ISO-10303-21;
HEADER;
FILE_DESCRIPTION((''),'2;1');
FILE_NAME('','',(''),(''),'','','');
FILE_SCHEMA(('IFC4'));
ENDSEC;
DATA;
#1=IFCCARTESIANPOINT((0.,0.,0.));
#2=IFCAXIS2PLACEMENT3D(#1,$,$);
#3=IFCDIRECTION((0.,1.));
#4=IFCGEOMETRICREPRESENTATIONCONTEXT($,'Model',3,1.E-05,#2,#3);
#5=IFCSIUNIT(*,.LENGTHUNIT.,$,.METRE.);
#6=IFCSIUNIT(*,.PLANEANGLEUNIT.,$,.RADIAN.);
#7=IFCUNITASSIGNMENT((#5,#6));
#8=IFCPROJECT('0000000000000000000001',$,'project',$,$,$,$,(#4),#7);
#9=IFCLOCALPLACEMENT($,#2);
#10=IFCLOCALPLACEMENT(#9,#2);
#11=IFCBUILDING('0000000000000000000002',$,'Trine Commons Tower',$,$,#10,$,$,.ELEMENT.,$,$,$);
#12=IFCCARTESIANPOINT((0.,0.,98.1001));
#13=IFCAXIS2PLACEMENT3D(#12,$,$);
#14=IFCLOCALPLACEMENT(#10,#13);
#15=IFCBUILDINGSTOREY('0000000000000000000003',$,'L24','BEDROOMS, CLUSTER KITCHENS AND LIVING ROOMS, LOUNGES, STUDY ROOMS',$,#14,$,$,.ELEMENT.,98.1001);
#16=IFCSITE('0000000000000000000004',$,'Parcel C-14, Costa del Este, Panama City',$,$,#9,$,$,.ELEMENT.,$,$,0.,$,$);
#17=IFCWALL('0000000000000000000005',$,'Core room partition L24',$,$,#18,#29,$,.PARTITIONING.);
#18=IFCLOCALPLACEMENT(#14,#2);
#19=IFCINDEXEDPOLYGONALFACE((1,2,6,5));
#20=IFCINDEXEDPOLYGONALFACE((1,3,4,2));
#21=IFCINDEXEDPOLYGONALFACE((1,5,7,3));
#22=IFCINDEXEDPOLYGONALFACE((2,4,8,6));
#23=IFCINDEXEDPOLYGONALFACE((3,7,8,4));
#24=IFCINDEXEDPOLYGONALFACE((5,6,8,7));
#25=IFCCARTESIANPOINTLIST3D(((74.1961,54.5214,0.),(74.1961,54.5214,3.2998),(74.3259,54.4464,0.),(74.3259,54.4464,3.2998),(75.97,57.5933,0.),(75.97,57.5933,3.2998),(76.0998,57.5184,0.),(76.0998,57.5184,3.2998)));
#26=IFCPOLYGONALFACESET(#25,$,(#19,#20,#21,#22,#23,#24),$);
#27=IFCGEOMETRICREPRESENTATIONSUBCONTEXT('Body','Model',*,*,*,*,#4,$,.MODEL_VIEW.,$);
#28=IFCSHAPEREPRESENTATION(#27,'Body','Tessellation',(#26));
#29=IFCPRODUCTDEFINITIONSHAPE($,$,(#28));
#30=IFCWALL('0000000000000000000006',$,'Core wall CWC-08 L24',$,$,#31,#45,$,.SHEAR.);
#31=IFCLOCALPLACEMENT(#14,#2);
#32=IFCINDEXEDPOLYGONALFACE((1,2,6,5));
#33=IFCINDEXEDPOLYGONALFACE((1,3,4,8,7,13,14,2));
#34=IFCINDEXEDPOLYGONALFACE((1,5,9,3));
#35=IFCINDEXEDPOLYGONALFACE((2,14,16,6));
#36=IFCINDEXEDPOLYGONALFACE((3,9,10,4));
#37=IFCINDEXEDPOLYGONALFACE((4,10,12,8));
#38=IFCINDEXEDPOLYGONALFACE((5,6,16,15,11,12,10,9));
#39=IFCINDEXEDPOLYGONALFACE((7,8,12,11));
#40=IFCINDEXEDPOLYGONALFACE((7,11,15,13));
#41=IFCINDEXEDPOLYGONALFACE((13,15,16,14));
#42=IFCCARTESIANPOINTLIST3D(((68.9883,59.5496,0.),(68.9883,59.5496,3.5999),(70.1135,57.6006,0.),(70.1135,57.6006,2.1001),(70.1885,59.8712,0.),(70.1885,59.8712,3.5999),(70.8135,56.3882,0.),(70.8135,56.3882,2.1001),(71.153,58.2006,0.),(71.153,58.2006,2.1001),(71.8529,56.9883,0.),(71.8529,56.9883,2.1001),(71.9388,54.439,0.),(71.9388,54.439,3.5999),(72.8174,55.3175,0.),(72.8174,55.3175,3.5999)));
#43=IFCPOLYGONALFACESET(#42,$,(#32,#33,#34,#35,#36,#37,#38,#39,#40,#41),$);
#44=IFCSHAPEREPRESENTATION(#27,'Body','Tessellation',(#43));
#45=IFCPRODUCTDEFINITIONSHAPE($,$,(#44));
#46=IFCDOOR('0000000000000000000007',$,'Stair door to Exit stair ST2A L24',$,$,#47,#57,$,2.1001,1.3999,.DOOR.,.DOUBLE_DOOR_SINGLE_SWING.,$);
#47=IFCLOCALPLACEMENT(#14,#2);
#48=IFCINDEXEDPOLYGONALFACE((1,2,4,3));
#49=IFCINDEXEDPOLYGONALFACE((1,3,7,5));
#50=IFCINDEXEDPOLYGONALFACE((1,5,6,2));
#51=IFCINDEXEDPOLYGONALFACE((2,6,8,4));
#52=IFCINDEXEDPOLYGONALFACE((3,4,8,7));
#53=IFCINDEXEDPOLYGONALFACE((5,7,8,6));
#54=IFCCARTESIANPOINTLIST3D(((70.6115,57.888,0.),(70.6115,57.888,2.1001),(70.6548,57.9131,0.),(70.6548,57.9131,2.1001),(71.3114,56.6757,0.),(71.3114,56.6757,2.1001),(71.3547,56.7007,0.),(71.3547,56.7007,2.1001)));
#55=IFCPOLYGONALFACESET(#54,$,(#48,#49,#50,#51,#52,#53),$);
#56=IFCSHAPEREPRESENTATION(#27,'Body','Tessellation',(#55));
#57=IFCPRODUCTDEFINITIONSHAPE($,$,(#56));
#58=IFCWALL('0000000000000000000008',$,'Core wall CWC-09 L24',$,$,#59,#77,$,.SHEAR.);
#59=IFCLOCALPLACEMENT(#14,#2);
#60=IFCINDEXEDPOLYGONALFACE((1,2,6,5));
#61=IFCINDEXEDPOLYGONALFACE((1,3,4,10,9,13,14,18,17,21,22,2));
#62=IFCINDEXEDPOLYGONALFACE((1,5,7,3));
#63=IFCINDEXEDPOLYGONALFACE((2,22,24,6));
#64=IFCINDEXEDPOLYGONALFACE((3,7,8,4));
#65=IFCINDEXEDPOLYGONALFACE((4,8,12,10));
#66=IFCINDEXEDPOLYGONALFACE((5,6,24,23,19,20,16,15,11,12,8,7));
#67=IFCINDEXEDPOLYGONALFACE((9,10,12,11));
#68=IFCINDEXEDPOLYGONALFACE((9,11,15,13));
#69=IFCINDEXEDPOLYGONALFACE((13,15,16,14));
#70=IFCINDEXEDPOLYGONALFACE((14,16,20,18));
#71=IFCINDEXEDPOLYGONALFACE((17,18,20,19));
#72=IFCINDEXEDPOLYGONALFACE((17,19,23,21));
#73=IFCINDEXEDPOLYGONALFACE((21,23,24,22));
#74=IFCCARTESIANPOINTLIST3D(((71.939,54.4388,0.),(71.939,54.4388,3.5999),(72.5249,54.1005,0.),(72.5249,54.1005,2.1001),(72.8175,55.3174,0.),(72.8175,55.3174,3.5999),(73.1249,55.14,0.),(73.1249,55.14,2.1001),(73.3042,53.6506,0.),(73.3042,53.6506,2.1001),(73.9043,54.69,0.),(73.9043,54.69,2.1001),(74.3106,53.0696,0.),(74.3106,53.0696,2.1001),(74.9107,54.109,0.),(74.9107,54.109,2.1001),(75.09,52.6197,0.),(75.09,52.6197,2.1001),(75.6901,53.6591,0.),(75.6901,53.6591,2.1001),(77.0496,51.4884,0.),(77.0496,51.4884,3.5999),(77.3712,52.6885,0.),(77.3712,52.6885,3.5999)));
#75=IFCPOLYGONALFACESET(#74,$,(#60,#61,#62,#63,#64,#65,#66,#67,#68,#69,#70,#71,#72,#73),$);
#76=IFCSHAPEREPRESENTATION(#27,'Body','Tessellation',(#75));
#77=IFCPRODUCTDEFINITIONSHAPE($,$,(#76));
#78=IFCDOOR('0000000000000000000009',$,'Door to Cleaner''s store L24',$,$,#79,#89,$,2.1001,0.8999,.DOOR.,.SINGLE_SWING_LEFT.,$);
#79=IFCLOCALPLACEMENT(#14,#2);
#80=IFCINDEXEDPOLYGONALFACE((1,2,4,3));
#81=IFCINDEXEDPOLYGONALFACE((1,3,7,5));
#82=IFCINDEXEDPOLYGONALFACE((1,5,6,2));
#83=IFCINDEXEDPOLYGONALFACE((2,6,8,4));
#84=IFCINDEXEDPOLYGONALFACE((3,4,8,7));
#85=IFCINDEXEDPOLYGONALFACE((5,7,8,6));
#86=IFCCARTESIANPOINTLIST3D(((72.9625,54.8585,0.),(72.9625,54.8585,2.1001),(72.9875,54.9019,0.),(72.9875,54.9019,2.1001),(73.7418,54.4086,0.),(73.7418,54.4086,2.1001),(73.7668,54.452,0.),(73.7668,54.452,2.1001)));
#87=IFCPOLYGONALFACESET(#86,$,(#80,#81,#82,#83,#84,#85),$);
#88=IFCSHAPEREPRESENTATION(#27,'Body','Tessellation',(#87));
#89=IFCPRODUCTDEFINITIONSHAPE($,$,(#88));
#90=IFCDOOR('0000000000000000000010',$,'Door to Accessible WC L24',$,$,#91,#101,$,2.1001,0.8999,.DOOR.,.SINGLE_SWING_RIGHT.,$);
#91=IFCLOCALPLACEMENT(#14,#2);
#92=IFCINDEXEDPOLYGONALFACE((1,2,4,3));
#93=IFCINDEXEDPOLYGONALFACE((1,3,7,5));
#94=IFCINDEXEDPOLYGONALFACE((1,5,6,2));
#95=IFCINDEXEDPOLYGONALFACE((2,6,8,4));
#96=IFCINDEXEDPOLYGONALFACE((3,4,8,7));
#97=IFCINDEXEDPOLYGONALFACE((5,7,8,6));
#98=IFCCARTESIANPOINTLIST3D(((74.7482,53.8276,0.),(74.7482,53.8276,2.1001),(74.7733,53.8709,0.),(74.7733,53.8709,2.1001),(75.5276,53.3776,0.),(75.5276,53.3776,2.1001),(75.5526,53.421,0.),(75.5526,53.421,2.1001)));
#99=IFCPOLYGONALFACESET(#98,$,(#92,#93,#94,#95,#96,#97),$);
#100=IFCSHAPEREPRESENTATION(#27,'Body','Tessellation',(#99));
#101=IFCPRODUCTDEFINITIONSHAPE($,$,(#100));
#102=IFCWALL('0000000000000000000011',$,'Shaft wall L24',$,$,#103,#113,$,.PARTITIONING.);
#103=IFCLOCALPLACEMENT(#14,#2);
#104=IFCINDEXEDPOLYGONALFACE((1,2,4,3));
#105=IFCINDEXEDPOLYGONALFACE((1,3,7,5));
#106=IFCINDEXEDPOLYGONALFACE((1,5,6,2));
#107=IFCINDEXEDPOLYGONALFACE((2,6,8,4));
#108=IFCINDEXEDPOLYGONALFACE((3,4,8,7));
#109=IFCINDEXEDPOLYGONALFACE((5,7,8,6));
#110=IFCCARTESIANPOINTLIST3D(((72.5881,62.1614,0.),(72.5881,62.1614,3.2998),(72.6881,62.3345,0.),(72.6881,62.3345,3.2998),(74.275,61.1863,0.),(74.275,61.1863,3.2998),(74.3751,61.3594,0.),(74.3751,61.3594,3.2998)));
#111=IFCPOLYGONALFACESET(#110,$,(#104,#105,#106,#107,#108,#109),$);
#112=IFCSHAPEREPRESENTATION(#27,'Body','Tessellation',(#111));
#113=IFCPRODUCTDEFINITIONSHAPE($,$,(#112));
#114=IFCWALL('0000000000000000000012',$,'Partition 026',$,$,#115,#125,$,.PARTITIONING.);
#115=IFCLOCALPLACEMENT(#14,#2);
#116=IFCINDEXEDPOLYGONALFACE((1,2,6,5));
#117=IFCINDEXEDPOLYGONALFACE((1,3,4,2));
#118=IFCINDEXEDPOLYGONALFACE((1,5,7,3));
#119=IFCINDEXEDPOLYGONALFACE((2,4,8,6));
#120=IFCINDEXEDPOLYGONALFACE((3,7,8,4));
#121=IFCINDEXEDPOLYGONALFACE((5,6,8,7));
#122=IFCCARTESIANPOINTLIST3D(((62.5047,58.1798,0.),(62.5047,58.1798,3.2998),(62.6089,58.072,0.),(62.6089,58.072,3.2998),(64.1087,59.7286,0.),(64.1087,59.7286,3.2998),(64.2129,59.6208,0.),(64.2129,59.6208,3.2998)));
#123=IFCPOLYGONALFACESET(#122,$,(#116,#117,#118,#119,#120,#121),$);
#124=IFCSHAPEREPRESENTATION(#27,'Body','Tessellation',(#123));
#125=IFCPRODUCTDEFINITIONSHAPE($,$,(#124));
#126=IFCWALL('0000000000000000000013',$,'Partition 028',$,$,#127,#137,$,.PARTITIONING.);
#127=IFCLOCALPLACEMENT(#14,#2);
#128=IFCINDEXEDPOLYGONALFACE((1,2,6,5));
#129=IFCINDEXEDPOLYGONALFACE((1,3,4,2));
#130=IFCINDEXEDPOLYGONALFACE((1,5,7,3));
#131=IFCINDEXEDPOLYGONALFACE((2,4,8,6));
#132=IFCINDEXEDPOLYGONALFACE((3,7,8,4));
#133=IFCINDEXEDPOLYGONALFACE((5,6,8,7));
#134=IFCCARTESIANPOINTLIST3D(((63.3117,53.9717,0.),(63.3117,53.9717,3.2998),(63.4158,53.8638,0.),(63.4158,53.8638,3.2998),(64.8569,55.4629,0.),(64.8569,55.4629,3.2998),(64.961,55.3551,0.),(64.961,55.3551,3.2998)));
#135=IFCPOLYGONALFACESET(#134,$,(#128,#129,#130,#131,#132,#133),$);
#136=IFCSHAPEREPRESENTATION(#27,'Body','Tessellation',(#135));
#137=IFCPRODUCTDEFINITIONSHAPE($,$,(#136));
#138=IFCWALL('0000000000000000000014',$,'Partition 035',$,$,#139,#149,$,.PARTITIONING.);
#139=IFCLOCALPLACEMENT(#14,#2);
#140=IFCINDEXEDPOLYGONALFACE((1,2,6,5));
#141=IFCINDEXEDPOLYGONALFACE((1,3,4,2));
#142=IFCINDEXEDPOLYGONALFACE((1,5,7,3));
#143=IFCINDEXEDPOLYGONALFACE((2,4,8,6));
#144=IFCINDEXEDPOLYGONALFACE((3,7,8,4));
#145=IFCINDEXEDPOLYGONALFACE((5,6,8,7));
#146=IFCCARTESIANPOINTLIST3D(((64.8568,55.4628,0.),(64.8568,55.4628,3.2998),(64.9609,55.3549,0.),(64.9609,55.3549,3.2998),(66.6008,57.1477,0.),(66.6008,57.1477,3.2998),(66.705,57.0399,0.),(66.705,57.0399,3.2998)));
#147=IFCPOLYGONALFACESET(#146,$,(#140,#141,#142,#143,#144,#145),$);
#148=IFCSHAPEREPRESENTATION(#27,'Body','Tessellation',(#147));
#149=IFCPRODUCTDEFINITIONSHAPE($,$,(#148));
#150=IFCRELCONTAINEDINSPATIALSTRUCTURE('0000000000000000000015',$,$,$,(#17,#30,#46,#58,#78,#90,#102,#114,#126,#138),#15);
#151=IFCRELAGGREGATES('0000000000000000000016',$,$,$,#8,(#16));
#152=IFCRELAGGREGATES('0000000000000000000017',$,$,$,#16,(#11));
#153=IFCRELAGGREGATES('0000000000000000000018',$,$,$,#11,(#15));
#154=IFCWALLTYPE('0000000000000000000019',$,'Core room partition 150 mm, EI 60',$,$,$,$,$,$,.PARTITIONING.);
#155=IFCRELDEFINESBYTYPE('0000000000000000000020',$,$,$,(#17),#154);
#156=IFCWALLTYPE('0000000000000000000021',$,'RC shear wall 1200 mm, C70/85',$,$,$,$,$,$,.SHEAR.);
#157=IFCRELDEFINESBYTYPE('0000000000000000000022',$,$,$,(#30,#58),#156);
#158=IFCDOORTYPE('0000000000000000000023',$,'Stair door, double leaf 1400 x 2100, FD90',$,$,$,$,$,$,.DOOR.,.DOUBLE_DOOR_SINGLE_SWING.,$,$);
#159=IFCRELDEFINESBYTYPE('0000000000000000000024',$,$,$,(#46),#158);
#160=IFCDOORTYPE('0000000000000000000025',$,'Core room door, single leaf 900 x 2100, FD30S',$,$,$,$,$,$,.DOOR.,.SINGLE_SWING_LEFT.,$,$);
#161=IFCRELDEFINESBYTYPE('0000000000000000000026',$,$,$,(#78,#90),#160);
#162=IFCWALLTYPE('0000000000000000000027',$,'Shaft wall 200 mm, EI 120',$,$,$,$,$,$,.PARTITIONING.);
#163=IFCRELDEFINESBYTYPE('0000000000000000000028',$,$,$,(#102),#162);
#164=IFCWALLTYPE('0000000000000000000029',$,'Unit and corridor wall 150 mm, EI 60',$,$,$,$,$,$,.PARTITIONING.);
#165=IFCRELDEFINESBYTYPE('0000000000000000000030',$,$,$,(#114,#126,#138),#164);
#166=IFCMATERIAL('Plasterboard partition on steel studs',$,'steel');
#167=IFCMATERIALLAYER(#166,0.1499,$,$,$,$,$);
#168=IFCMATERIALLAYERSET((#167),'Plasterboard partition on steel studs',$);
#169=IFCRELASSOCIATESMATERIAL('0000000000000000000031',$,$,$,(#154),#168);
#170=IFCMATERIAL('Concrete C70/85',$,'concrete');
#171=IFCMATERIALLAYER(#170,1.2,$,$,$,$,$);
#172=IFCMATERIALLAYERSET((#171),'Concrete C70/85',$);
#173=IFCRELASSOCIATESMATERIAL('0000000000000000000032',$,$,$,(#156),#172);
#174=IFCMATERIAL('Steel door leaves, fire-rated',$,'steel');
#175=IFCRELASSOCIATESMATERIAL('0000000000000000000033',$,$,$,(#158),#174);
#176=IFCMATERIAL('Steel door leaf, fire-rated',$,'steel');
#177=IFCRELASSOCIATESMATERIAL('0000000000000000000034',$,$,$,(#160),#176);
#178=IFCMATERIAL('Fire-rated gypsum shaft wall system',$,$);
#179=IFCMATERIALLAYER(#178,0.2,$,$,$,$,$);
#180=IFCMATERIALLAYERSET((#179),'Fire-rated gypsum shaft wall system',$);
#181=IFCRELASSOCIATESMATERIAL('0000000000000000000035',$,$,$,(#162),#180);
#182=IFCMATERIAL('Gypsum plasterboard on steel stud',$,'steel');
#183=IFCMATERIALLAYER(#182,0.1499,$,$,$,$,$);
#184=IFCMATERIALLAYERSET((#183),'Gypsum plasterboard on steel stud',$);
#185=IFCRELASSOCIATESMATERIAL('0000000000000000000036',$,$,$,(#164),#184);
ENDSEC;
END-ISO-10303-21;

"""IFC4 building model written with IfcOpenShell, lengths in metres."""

from ifc_helpers import new_model, si_unit, direction, frame, frame_2d, origin, place, context, subcontext, project, spatial, polyline, rectangle, outline, extrude, material, layer, layer_set, type_object, element, fill, save


model = new_model("IFC4")

# Units and contexts
model_context = context("Model", 3, precision=1e-05, world=origin(), true_north=direction((0.0, 1.0)))
body_context = subcontext(model_context, "Body", "Model", "MODEL_VIEW")
ifc_project = project(units=[si_unit("LENGTHUNIT", "METRE"), si_unit("PLANEANGLEUNIT", "RADIAN")], contexts=[model_context])

# Site, building, storey
site_placement = place(None, origin())
site = spatial("IfcSite", under=ifc_project, at=site_placement, Name="Parcel C-14, Costa del Este, Panama City", CompositionType="ELEMENT", RefElevation=0.0)
building_placement = place(site_placement, origin())
building = spatial("IfcBuilding", under=site, at=building_placement, Name="Trine Commons Tower", CompositionType="ELEMENT")
storey_placement = place(building_placement, frame((0.0, 0.0, 98.1001)))
storey = spatial("IfcBuildingStorey", under=building, at=storey_placement, Name="L24", Description="BEDROOMS, CLUSTER KITCHENS AND LIVING ROOMS, LOUNGES, STUDY ROOMS", CompositionType="ELEMENT", Elevation=98.1001)

# Wall
ifc_material_1 = material(Name="Plasterboard partition on steel studs", Category="steel")
ifc_layer_1 = layer(ifc_material_1, 0.1499)
ifc_layer_set_1 = layer_set([ifc_layer_1], Name="Plasterboard partition on steel studs")
wall_type_1 = type_object("IfcWallType", Name="Core room partition 150 mm, EI 60", PredefinedType="PARTITIONING", material=ifc_layer_set_1)
wall_1_placement = place(storey_placement, frame((74.261, 54.4839, 0.0), z_axis=(0.0, 0.0, 1.0), x_axis=(0.500062, 0.86599, 0.0)))
element("IfcWall", 1, at=wall_1_placement, inside=storey, type_object=wall_type_1, Name="Core room partition L24", PredefinedType="PARTITIONING", context=body_context, shape_type="SweptSolid", body=[
    extrude(rectangle(XDim=3.5474, YDim=0.1499, at=frame_2d((1.7737, 0.0))), origin(), (0.0, 0.0, 1.0), 3.2998),
])

# Wall, opening, door
ifc_material_2 = material(Name="Concrete C70/85", Category="concrete")
ifc_layer_2 = layer(ifc_material_2, 1.2)
ifc_layer_set_2 = layer_set([ifc_layer_2], Name="Concrete C70/85")
wall_type_2 = type_object("IfcWallType", Name="RC shear wall 1200 mm, C70/85", PredefinedType="SHEAR", material=ifc_layer_set_2)
wall_2_placement = place(storey_placement, frame((69.5081, 59.8496, 0.0), z_axis=(0.0, 0.0, 1.0), x_axis=(0.499979, -0.866037, 0.0)))
wall_2 = element("IfcWall", 2, at=wall_2_placement, inside=storey, type_object=wall_type_2, Name="Core wall CWC-08 L24", PredefinedType="SHEAR", context=body_context, shape_type="SweptSolid", body=[
    extrude(outline(polyline([(0.0, -0.6001), (5.9011, -0.6001), (5.5796, 0.6001), (0.3215, 0.6001), (0.0, -0.6001)])), origin(), (0.0, 0.0, 1.0), 3.5999),
])
opening_1_placement = place(wall_2_placement, frame((2.2505, 0.0, 0.0)))
opening_1 = element("IfcOpeningElement", 3, at=opening_1_placement, cuts=wall_2, PredefinedType="OPENING", context=body_context, shape_type="SweptSolid", body=[
    extrude(rectangle(XDim=1.3999, YDim=2.1001, at=frame_2d((0.7, 1.05))), frame((0.0, 0.6099, 0.0), z_axis=(0.0, -1.0, 0.0), x_axis=(1.0, 0.0, 0.0)), (0.0, 0.0, 1.0), 1.22),
])
ifc_material_3 = material(Name="Steel door leaves, fire-rated", Category="steel")
door_type_1 = type_object("IfcDoorType", Name="Stair door, double leaf 1400 x 2100, FD90", OperationType="DOUBLE_DOOR_SINGLE_SWING", PredefinedType="DOOR", material=ifc_material_3)
door_1_placement = place(opening_1_placement, origin())
door_1 = element("IfcDoor", 4, at=door_1_placement, inside=storey, type_object=door_type_1, Name="Stair door to Exit stair ST2A L24", OperationType="DOUBLE_DOOR_SINGLE_SWING", OverallHeight=2.1001, OverallWidth=1.3999, PredefinedType="DOOR", context=body_context, shape_type="SweptSolid", body=[
    extrude(rectangle(XDim=1.3999, YDim=2.1001, at=frame_2d((0.7, 1.05))), frame((0.0, 0.0249, 0.0), z_axis=(0.0, -1.0, 0.0), x_axis=(1.0, 0.0, 0.0)), (0.0, 0.0, 1.0), 0.05),
])
fill(opening_1, door_1)

# Wall, openings, doors
wall_3_placement = place(storey_placement, frame((72.239, 54.9585, 0.0), z_axis=(0.0, 0.0, 1.0), x_axis=(0.866037, -0.499979, 0.0)))
wall_3 = element("IfcWall", 5, at=wall_3_placement, inside=storey, type_object=wall_type_2, Name="Core wall CWC-09 L24", PredefinedType="SHEAR", context=body_context, shape_type="SweptSolid", body=[
    extrude(outline(polyline([(0.0, -0.6001), (5.9011, -0.6001), (5.5796, 0.6001), (0.3215, 0.6001), (0.0, -0.6001)])), origin(), (0.0, 0.0, 1.0), 3.5999),
])
opening_2_placement = place(wall_3_placement, frame((0.6765, 0.0, 0.0)))
opening_2 = element("IfcOpeningElement", 6, at=opening_2_placement, cuts=wall_3, PredefinedType="OPENING", context=body_context, shape_type="SweptSolid", body=[
    extrude(rectangle(XDim=0.8999, YDim=2.1001, at=frame_2d((0.45, 1.05))), frame((0.0, 0.6099, 0.0), z_axis=(0.0, -1.0, 0.0), x_axis=(1.0, 0.0, 0.0)), (0.0, 0.0, 1.0), 1.22),
])
opening_3_placement = place(wall_3_placement, frame((2.7385, 0.0, 0.0)))
opening_3 = element("IfcOpeningElement", 7, at=opening_3_placement, cuts=wall_3, PredefinedType="OPENING", context=body_context, shape_type="SweptSolid", body=[
    extrude(rectangle(XDim=0.8999, YDim=2.1001, at=frame_2d((0.45, 1.05))), frame((0.0, 0.6099, 0.0), z_axis=(0.0, -1.0, 0.0), x_axis=(1.0, 0.0, 0.0)), (0.0, 0.0, 1.0), 1.22),
])
ifc_material_4 = material(Name="Steel door leaf, fire-rated", Category="steel")
door_type_2 = type_object("IfcDoorType", Name="Core room door, single leaf 900 x 2100, FD30S", OperationType="SINGLE_SWING_LEFT", PredefinedType="DOOR", material=ifc_material_4)
door_2_placement = place(opening_2_placement, origin())
door_2 = element("IfcDoor", 8, at=door_2_placement, inside=storey, type_object=door_type_2, Name="Door to Cleaner's store L24", OperationType="SINGLE_SWING_LEFT", OverallHeight=2.1001, OverallWidth=0.8999, PredefinedType="DOOR", context=body_context, shape_type="SweptSolid", body=[
    extrude(rectangle(XDim=0.8999, YDim=2.1001, at=frame_2d((0.45, 1.05))), frame((0.0, 0.3252, 0.0), z_axis=(0.0, -1.0, 0.0), x_axis=(1.0, 0.0, 0.0)), (0.0, 0.0, 1.0), 0.05),
])
fill(opening_2, door_2)
door_3_placement = place(opening_3_placement, origin())
door_3 = element("IfcDoor", 9, at=door_3_placement, inside=storey, type_object=door_type_2, Name="Door to Accessible WC L24", OperationType="SINGLE_SWING_RIGHT", OverallHeight=2.1001, OverallWidth=0.8999, PredefinedType="DOOR", context=body_context, shape_type="SweptSolid", body=[
    extrude(rectangle(XDim=0.8999, YDim=2.1001, at=frame_2d((0.45, 1.05))), frame((0.0, 0.3252, 0.0), z_axis=(0.0, -1.0, 0.0), x_axis=(1.0, 0.0, 0.0)), (0.0, 0.0, 1.0), 0.05),
])
fill(opening_3, door_3)

# Walls
ifc_material_5 = material(Name="Fire-rated gypsum shaft wall system")
ifc_layer_3 = layer(ifc_material_5, 0.2)
ifc_layer_set_3 = layer_set([ifc_layer_3], Name="Fire-rated gypsum shaft wall system")
wall_type_3 = type_object("IfcWallType", Name="Shaft wall 200 mm, EI 120", PredefinedType="PARTITIONING", material=ifc_layer_set_3)
wall_4_placement = place(storey_placement, frame((74.325, 61.2729, 0.0), z_axis=(0.0, 0.0, 1.0), x_axis=(-0.865781, 0.500424, 0.0)))
element("IfcWall", 10, at=wall_4_placement, inside=storey, type_object=wall_type_3, Name="Shaft wall L24", PredefinedType="PARTITIONING", context=body_context, shape_type="SweptSolid", body=[
    extrude(rectangle(XDim=1.9485, YDim=0.2, at=frame_2d((0.9741, 0.0))), origin(), (0.0, 0.0, 1.0), 3.2998),
])
ifc_material_6 = material(Name="Gypsum plasterboard on steel stud", Category="steel")
ifc_layer_4 = layer(ifc_material_6, 0.1499)
ifc_layer_set_4 = layer_set([ifc_layer_4], Name="Gypsum plasterboard on steel stud")
wall_type_4 = type_object("IfcWallType", Name="Unit and corridor wall 150 mm, EI 60", PredefinedType="PARTITIONING", material=ifc_layer_set_4)
wall_5_placement = place(storey_placement, frame((62.5569, 58.126, 0.0), z_axis=(0.0, 0.0, 1.0), x_axis=(0.719371, 0.694626, 0.0)))
element("IfcWall", 11, at=wall_5_placement, inside=storey, type_object=wall_type_4, Name="Partition 026", PredefinedType="PARTITIONING", context=body_context, shape_type="SweptSolid", body=[
    extrude(rectangle(XDim=2.2297, YDim=0.1499, at=frame_2d((1.1147, 0.0))), origin(), (0.0, 0.0, 1.0), 3.2998),
])
wall_6_placement = place(storey_placement, frame((63.3638, 53.9177, 0.0), z_axis=(0.0, 0.0, 1.0), x_axis=(0.719558, 0.694432, 0.0)))
element("IfcWall", 12, at=wall_6_placement, inside=storey, type_object=wall_type_4, Name="Partition 028", PredefinedType="PARTITIONING", context=body_context, shape_type="SweptSolid", body=[
    extrude(rectangle(XDim=2.1475, YDim=0.1499, at=frame_2d((1.0737, 0.0))), origin(), (0.0, 0.0, 1.0), 3.2998),
])
wall_7_placement = place(storey_placement, frame((64.9089, 55.4089, 0.0), z_axis=(0.0, 0.0, 1.0), x_axis=(0.719183, 0.694821, 0.0)))
element("IfcWall", 13, at=wall_7_placement, inside=storey, type_object=wall_type_4, Name="Partition 035", PredefinedType="PARTITIONING", context=body_context, shape_type="SweptSolid", body=[
    extrude(rectangle(XDim=2.425, YDim=0.1499, at=frame_2d((1.2124, 0.0))), origin(), (0.0, 0.0, 1.0), 3.2998),
])

save(model, "model.ifc")
